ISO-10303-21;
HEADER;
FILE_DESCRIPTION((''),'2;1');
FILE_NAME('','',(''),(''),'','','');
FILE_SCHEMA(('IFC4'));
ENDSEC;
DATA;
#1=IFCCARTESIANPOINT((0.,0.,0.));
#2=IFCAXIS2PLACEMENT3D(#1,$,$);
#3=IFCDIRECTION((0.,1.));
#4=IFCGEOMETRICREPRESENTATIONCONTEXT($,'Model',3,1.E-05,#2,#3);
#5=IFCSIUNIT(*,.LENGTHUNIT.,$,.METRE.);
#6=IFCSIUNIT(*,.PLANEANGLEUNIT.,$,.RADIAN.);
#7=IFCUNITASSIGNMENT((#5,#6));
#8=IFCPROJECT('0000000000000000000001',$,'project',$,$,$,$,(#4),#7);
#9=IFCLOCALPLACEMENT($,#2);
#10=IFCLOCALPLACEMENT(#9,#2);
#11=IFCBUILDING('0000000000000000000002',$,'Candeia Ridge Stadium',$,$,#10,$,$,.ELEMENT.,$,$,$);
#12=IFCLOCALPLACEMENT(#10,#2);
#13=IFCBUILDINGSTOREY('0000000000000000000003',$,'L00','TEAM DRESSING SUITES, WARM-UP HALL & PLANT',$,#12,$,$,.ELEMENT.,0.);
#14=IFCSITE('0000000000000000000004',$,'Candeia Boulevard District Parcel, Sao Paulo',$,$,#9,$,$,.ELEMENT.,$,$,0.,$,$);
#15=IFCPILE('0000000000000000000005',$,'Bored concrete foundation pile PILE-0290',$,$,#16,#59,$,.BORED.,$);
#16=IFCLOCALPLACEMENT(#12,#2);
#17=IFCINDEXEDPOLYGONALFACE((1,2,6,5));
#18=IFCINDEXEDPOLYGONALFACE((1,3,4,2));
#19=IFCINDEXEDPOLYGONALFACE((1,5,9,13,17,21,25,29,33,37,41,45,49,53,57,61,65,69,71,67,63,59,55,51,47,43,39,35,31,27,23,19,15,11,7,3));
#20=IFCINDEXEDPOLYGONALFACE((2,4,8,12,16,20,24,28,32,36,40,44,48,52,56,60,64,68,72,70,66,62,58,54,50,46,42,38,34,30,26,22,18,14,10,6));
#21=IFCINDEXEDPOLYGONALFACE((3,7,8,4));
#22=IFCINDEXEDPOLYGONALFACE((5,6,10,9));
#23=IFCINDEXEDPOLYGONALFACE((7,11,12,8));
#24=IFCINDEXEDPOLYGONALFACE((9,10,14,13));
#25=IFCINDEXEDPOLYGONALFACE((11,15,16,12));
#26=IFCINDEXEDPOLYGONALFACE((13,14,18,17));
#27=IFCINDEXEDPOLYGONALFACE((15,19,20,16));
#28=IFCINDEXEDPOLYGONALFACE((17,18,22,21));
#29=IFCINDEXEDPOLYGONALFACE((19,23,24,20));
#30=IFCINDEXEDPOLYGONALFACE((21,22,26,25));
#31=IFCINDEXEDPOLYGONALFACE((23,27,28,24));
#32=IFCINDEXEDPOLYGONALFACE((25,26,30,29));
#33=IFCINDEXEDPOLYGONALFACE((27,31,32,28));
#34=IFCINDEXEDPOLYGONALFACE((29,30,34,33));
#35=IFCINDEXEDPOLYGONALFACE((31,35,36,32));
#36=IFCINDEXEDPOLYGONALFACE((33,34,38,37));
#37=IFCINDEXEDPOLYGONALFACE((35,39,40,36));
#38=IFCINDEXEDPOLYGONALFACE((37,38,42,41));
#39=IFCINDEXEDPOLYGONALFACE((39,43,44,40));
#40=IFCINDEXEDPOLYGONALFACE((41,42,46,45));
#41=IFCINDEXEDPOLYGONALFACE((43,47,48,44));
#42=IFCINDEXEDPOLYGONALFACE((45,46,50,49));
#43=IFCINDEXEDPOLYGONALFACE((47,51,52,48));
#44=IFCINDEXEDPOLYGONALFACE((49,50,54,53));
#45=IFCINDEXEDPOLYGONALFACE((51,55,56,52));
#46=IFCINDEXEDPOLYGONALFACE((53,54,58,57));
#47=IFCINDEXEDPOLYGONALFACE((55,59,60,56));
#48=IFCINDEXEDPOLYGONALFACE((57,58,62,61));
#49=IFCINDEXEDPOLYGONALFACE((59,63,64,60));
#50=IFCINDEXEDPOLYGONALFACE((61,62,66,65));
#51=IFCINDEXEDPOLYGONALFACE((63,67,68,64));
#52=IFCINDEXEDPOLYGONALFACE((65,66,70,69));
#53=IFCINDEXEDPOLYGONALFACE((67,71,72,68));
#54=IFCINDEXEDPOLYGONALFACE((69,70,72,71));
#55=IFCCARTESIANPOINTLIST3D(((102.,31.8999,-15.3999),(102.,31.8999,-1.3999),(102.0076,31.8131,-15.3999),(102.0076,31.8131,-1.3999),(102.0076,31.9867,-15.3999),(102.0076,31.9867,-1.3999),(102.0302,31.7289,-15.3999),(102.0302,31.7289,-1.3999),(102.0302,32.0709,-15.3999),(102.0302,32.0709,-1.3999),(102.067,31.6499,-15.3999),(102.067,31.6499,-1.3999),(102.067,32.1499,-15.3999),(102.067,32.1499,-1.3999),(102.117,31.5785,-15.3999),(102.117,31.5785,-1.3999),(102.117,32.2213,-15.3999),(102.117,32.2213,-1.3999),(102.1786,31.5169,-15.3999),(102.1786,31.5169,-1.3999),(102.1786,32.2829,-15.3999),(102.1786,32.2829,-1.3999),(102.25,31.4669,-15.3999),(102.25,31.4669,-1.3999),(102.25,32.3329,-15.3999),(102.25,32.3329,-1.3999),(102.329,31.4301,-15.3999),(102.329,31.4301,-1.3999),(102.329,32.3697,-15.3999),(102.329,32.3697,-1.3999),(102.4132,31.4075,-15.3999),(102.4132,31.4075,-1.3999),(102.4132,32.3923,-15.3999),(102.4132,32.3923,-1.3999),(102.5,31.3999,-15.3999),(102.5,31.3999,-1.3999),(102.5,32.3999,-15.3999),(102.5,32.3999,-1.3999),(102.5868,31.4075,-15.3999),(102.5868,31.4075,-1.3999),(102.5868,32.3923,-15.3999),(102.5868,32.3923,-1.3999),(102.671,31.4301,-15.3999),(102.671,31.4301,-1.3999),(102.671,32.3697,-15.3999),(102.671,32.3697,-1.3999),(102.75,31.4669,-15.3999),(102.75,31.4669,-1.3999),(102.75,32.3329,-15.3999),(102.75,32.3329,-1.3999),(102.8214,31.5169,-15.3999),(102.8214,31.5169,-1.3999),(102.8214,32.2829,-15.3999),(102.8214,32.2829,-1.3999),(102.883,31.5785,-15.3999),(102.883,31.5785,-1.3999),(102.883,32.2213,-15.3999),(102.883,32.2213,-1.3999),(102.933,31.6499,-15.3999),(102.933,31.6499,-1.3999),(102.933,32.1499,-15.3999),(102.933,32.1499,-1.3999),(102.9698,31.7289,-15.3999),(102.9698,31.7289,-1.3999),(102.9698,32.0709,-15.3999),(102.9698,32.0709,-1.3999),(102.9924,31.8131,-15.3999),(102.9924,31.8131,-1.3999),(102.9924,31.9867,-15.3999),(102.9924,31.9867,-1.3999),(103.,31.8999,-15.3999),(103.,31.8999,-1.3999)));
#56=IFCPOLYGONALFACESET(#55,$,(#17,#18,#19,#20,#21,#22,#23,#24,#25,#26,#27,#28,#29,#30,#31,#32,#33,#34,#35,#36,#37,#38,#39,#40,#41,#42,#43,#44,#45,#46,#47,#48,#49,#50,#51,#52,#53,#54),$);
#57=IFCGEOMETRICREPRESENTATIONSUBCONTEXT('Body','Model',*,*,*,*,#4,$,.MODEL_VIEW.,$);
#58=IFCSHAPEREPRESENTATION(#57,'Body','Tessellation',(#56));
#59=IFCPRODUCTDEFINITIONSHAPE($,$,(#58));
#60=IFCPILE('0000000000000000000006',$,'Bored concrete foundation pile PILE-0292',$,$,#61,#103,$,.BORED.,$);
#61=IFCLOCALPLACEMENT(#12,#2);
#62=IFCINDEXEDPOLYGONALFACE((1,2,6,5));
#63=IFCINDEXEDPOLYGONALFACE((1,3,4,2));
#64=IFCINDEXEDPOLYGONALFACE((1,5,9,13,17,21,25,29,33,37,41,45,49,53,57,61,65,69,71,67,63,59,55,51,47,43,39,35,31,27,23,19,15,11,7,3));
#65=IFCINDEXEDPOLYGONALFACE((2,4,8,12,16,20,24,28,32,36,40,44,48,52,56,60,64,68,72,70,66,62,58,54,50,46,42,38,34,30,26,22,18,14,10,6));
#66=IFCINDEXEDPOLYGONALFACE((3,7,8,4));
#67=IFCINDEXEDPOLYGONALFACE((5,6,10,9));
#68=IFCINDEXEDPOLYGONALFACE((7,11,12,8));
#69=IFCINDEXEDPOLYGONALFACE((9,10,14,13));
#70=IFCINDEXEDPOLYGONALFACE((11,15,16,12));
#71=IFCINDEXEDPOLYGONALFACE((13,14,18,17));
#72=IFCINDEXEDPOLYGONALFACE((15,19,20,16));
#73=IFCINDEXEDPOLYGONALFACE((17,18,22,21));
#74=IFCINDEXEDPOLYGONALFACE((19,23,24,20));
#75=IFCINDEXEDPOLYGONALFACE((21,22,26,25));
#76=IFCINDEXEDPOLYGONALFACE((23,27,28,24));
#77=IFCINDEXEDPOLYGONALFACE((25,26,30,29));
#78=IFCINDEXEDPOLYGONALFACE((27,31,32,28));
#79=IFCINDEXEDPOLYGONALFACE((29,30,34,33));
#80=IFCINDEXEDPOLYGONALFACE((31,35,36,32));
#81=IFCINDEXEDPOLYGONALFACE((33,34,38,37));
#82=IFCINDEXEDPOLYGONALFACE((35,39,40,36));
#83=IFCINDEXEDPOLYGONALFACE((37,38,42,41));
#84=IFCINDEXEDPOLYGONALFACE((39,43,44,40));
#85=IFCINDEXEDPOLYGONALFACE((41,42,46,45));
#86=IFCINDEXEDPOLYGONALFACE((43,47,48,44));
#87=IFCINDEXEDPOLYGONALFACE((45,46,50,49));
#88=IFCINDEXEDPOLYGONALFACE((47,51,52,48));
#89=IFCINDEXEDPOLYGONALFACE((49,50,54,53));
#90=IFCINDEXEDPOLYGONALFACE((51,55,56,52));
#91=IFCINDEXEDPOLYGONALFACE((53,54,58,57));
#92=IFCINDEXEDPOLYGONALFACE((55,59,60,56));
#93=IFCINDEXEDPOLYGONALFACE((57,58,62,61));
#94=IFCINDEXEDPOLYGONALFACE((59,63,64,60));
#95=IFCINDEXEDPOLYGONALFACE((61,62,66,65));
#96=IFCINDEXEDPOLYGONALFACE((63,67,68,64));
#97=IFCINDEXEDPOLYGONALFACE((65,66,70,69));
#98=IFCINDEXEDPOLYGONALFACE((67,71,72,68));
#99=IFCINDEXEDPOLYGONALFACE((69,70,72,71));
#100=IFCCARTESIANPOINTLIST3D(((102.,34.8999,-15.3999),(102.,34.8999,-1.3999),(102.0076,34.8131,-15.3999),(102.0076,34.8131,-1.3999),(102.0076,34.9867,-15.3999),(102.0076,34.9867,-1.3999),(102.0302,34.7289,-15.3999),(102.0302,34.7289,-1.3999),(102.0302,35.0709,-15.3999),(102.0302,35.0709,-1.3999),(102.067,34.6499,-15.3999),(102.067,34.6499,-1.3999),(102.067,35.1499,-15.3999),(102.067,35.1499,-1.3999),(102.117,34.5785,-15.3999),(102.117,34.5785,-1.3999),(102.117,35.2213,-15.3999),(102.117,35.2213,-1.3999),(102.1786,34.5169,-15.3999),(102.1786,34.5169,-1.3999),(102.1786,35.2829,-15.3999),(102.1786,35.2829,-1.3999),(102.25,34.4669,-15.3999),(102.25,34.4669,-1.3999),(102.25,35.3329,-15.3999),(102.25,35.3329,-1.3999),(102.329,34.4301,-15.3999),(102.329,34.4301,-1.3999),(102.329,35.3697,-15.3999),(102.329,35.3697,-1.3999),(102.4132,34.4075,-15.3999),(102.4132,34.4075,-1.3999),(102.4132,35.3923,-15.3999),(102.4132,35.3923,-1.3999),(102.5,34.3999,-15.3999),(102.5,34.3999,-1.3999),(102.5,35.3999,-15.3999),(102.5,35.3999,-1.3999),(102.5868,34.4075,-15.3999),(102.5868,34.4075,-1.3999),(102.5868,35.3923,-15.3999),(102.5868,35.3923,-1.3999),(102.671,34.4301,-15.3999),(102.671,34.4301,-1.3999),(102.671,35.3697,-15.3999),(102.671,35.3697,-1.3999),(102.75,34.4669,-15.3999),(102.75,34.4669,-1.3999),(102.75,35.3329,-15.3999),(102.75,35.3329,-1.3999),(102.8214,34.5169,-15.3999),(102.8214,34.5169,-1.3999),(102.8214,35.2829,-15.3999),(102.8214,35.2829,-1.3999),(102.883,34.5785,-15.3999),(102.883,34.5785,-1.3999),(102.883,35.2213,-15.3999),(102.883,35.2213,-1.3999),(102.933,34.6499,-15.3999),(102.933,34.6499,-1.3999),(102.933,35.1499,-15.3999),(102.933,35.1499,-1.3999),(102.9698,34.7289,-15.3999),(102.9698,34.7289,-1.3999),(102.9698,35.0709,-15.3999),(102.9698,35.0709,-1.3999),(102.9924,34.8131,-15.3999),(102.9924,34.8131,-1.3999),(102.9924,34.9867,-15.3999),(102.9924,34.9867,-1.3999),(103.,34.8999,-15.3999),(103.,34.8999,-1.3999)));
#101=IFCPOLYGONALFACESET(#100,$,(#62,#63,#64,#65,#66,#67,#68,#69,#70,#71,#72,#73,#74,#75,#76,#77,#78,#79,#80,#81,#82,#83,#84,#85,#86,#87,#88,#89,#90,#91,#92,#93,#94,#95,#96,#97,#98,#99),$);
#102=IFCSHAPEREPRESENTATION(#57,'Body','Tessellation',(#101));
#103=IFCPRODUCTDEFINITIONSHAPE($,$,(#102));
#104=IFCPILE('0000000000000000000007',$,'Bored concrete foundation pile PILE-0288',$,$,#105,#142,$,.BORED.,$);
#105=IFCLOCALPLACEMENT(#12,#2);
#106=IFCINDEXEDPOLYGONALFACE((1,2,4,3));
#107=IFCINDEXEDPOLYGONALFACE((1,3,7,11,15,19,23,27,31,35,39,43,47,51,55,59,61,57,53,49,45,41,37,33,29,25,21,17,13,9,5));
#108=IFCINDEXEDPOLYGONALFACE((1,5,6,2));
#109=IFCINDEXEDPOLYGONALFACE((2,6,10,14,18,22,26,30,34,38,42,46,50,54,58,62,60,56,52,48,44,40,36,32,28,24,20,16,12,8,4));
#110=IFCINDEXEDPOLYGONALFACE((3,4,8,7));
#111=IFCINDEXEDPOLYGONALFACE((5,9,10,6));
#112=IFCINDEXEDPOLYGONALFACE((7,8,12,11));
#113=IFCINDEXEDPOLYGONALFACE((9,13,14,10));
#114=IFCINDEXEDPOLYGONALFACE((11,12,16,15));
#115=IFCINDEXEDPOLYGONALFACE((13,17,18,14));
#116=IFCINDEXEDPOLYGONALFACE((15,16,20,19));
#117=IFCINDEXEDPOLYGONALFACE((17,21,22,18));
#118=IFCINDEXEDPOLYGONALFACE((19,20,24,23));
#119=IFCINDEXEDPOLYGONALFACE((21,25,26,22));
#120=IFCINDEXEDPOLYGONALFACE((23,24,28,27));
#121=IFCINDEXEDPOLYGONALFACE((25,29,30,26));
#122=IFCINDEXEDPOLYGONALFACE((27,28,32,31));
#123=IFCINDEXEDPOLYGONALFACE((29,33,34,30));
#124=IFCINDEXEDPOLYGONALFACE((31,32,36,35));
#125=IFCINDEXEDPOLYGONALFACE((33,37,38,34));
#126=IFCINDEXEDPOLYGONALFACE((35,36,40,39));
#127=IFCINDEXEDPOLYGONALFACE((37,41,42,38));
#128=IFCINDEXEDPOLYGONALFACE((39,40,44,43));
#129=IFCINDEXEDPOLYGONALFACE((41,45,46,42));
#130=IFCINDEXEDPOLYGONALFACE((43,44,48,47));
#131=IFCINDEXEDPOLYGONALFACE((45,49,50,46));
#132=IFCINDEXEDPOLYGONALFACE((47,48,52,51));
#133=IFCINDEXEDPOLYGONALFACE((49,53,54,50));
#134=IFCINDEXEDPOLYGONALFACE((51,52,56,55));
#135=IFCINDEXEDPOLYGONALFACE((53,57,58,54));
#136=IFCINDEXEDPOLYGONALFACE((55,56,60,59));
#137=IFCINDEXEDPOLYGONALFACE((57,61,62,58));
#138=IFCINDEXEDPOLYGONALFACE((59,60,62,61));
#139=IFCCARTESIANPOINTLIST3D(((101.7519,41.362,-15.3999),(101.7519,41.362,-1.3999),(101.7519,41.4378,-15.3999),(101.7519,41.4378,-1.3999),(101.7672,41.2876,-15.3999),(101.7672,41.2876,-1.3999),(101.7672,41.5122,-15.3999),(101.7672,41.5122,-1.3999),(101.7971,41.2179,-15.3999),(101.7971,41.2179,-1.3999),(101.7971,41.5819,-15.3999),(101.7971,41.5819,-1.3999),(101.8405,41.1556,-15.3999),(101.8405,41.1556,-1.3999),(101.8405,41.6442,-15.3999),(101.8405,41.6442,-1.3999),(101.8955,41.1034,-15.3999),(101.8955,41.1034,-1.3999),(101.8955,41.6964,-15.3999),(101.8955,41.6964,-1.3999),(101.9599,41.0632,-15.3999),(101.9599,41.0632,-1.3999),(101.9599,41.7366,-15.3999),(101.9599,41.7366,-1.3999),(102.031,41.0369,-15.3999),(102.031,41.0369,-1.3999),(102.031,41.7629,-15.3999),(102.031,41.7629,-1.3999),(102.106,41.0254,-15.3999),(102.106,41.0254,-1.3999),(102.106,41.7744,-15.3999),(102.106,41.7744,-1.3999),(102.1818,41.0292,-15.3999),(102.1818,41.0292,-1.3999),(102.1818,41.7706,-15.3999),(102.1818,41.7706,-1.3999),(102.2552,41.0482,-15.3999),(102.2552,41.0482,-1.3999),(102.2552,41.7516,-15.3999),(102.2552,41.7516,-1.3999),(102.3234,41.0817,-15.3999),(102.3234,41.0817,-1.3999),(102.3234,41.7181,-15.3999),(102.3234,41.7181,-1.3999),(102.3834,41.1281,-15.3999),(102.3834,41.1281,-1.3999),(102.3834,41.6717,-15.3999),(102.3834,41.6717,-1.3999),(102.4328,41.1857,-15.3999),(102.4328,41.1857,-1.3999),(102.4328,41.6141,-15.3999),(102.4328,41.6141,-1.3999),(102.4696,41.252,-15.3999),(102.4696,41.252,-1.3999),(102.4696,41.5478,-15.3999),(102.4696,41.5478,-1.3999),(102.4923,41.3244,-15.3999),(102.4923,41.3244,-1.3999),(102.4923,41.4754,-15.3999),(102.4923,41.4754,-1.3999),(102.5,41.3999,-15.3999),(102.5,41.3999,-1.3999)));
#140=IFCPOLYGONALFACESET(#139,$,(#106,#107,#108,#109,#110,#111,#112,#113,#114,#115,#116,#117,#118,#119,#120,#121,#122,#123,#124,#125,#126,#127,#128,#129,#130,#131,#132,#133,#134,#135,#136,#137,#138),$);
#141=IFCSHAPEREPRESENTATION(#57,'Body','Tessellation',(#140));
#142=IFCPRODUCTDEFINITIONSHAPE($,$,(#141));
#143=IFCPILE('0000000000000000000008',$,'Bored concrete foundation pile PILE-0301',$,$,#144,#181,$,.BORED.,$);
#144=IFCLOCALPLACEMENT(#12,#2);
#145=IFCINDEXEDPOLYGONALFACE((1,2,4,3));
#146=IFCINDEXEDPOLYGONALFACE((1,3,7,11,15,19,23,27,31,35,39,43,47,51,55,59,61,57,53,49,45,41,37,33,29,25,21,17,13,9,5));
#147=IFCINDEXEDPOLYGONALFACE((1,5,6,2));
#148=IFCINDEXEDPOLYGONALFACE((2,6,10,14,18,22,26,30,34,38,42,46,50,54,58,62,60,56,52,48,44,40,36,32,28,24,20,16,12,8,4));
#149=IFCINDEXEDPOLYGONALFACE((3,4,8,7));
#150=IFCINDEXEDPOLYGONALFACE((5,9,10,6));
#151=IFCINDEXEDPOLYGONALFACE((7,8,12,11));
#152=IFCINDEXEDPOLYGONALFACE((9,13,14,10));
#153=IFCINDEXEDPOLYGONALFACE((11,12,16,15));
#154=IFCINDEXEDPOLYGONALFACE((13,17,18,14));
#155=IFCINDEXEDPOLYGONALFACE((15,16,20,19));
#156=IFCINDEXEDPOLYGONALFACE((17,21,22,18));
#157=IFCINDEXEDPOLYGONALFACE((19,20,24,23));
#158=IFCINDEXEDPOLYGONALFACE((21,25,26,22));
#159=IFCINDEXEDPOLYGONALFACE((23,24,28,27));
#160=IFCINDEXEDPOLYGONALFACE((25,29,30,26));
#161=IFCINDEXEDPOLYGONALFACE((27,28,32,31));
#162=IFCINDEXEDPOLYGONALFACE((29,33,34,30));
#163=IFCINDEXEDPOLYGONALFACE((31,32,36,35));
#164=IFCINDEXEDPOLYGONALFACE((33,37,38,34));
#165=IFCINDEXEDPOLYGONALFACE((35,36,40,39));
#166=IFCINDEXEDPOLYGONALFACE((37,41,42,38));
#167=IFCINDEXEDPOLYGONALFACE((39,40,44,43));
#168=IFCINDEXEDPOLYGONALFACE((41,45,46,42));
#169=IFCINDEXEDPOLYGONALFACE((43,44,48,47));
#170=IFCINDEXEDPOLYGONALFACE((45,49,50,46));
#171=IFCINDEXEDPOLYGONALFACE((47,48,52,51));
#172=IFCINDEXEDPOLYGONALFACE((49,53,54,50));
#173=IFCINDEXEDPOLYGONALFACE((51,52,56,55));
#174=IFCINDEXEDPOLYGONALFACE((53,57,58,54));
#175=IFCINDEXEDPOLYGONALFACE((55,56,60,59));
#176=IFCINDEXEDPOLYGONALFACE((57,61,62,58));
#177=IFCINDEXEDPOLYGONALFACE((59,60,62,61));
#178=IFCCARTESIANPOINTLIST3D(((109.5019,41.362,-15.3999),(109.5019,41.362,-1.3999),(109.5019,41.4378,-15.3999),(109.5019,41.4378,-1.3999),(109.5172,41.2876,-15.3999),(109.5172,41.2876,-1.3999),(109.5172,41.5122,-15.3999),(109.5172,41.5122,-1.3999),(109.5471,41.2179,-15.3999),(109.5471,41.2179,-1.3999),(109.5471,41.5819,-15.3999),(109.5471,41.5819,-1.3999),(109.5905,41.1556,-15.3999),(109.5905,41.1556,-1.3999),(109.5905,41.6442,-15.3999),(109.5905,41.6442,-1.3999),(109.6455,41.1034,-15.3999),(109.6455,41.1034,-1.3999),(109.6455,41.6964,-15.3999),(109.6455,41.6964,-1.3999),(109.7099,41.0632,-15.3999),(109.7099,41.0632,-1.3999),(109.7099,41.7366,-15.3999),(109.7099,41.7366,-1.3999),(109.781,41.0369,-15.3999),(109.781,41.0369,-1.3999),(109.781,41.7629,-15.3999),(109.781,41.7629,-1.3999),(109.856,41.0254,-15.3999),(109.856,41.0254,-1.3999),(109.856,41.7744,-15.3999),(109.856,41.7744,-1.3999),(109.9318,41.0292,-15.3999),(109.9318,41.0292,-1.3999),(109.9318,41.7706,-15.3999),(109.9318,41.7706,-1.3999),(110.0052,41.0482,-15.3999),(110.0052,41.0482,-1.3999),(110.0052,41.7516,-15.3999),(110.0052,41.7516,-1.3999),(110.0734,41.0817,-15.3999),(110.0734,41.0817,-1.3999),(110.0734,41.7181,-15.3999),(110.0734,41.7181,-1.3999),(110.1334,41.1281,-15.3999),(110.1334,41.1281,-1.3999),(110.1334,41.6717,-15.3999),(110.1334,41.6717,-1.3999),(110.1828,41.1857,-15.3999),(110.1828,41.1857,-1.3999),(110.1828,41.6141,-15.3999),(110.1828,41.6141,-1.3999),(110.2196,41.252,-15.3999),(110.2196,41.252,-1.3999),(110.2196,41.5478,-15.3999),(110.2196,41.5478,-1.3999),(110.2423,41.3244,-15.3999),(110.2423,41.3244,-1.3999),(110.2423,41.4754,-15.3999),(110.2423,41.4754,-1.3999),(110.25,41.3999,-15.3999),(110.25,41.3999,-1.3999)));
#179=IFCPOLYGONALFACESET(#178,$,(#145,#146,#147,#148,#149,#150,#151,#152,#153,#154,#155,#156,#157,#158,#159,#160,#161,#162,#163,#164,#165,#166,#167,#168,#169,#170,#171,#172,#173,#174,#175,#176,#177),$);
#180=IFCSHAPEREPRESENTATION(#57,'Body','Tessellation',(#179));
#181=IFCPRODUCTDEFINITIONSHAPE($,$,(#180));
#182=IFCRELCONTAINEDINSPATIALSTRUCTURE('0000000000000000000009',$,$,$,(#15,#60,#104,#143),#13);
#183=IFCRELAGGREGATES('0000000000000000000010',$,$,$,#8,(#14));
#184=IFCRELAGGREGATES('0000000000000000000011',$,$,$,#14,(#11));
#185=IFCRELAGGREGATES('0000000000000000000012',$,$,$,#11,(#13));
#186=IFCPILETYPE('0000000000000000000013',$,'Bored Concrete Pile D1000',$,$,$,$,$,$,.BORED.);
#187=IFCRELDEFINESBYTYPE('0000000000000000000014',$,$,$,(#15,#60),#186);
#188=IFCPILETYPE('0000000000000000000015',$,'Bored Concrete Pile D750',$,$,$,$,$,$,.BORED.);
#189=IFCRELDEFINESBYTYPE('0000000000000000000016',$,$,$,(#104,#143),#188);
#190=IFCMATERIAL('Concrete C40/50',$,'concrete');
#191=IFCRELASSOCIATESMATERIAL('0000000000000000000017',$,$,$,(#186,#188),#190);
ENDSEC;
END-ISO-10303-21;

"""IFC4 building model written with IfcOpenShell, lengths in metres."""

from ifc_helpers import new_model, si_unit, direction, frame, origin, origin_2d, place, context, subcontext, project, spatial, circle, extrude, material, material_profile, profile_set, type_object, element, save


model = new_model("IFC4")

# Units and contexts
model_context = context("Model", 3, precision=1e-05, world=origin(), true_north=direction((0.0, 1.0)))
body_context = subcontext(model_context, "Body", "Model", "MODEL_VIEW")
ifc_project = project(units=[si_unit("LENGTHUNIT", "METRE"), si_unit("PLANEANGLEUNIT", "RADIAN")], contexts=[model_context])

# Site, building, storey
site_placement = place(None, origin())
site = spatial("IfcSite", under=ifc_project, at=site_placement, Name="Candeia Boulevard District Parcel, Sao Paulo", CompositionType="ELEMENT", RefElevation=0.0)
building_placement = place(site_placement, origin())
building = spatial("IfcBuilding", under=site, at=building_placement, Name="Candeia Ridge Stadium", CompositionType="ELEMENT")
storey_placement = place(building_placement, origin())
storey = spatial("IfcBuildingStorey", under=building, at=storey_placement, Name="L00", Description="TEAM DRESSING SUITES, WARM-UP HALL & PLANT", CompositionType="ELEMENT", Elevation=0.0)

# Piles
ifc_material_1 = material(Name="Concrete C40/50", Category="concrete")
ifc_material_profile_1 = material_profile(ifc_material_1, circle(Radius=0.5, at=origin_2d()), Name="PILE-D1000", Category="concrete")
ifc_profile_set_1 = profile_set([ifc_material_profile_1], Name="Concrete C40/50")
pile_type_1 = type_object("IfcPileType", Name="Bored Concrete Pile D1000", PredefinedType="BORED", material=ifc_profile_set_1)
for number, where, z_axis, x_axis, name in (
    (1, (102.5, 31.8999, -1.3999), (0.0, 0.0, -1.0), (1.0, 0.0, 0.0), "Bored concrete foundation pile PILE-0290"),
    (2, (102.5, 34.8999, -1.3999), (0.0, 0.0, -1.0), (1.0, 0.0, 0.0), "Bored concrete foundation pile PILE-0292"),
):
    element("IfcPile", number, at=place(storey_placement, frame(where, z_axis=z_axis, x_axis=x_axis)), inside=storey, type_object=pile_type_1, Name=name, PredefinedType="BORED", context=body_context, shape_type="SweptSolid", body=[
        extrude(circle(Radius=0.5, at=origin_2d()), origin(), (0.0, 0.0, 1.0), 14.0),
    ])
ifc_material_profile_2 = material_profile(ifc_material_1, circle(Radius=0.375, at=origin_2d()), Name="PILE-D750", Category="concrete")
ifc_profile_set_2 = profile_set([ifc_material_profile_2], Name="Concrete C40/50")
pile_type_2 = type_object("IfcPileType", Name="Bored Concrete Pile D750", PredefinedType="BORED", material=ifc_profile_set_2)
for number, where, z_axis, x_axis, name in (
    (3, (102.125, 41.3999, -1.3999), (0.0, 0.0, -1.0), (1.0, 0.0, 0.0), "Bored concrete foundation pile PILE-0288"),
    (4, (109.875, 41.3999, -1.3999), (0.0, 0.0, -1.0), (1.0, 0.0, 0.0), "Bored concrete foundation pile PILE-0301"),
):
    element("IfcPile", number, at=place(storey_placement, frame(where, z_axis=z_axis, x_axis=x_axis)), inside=storey, type_object=pile_type_2, Name=name, PredefinedType="BORED", context=body_context, shape_type="SweptSolid", body=[
        extrude(circle(Radius=0.375, at=origin_2d()), origin(), (0.0, 0.0, 1.0), 14.0),
    ])

save(model, "model.ifc")
